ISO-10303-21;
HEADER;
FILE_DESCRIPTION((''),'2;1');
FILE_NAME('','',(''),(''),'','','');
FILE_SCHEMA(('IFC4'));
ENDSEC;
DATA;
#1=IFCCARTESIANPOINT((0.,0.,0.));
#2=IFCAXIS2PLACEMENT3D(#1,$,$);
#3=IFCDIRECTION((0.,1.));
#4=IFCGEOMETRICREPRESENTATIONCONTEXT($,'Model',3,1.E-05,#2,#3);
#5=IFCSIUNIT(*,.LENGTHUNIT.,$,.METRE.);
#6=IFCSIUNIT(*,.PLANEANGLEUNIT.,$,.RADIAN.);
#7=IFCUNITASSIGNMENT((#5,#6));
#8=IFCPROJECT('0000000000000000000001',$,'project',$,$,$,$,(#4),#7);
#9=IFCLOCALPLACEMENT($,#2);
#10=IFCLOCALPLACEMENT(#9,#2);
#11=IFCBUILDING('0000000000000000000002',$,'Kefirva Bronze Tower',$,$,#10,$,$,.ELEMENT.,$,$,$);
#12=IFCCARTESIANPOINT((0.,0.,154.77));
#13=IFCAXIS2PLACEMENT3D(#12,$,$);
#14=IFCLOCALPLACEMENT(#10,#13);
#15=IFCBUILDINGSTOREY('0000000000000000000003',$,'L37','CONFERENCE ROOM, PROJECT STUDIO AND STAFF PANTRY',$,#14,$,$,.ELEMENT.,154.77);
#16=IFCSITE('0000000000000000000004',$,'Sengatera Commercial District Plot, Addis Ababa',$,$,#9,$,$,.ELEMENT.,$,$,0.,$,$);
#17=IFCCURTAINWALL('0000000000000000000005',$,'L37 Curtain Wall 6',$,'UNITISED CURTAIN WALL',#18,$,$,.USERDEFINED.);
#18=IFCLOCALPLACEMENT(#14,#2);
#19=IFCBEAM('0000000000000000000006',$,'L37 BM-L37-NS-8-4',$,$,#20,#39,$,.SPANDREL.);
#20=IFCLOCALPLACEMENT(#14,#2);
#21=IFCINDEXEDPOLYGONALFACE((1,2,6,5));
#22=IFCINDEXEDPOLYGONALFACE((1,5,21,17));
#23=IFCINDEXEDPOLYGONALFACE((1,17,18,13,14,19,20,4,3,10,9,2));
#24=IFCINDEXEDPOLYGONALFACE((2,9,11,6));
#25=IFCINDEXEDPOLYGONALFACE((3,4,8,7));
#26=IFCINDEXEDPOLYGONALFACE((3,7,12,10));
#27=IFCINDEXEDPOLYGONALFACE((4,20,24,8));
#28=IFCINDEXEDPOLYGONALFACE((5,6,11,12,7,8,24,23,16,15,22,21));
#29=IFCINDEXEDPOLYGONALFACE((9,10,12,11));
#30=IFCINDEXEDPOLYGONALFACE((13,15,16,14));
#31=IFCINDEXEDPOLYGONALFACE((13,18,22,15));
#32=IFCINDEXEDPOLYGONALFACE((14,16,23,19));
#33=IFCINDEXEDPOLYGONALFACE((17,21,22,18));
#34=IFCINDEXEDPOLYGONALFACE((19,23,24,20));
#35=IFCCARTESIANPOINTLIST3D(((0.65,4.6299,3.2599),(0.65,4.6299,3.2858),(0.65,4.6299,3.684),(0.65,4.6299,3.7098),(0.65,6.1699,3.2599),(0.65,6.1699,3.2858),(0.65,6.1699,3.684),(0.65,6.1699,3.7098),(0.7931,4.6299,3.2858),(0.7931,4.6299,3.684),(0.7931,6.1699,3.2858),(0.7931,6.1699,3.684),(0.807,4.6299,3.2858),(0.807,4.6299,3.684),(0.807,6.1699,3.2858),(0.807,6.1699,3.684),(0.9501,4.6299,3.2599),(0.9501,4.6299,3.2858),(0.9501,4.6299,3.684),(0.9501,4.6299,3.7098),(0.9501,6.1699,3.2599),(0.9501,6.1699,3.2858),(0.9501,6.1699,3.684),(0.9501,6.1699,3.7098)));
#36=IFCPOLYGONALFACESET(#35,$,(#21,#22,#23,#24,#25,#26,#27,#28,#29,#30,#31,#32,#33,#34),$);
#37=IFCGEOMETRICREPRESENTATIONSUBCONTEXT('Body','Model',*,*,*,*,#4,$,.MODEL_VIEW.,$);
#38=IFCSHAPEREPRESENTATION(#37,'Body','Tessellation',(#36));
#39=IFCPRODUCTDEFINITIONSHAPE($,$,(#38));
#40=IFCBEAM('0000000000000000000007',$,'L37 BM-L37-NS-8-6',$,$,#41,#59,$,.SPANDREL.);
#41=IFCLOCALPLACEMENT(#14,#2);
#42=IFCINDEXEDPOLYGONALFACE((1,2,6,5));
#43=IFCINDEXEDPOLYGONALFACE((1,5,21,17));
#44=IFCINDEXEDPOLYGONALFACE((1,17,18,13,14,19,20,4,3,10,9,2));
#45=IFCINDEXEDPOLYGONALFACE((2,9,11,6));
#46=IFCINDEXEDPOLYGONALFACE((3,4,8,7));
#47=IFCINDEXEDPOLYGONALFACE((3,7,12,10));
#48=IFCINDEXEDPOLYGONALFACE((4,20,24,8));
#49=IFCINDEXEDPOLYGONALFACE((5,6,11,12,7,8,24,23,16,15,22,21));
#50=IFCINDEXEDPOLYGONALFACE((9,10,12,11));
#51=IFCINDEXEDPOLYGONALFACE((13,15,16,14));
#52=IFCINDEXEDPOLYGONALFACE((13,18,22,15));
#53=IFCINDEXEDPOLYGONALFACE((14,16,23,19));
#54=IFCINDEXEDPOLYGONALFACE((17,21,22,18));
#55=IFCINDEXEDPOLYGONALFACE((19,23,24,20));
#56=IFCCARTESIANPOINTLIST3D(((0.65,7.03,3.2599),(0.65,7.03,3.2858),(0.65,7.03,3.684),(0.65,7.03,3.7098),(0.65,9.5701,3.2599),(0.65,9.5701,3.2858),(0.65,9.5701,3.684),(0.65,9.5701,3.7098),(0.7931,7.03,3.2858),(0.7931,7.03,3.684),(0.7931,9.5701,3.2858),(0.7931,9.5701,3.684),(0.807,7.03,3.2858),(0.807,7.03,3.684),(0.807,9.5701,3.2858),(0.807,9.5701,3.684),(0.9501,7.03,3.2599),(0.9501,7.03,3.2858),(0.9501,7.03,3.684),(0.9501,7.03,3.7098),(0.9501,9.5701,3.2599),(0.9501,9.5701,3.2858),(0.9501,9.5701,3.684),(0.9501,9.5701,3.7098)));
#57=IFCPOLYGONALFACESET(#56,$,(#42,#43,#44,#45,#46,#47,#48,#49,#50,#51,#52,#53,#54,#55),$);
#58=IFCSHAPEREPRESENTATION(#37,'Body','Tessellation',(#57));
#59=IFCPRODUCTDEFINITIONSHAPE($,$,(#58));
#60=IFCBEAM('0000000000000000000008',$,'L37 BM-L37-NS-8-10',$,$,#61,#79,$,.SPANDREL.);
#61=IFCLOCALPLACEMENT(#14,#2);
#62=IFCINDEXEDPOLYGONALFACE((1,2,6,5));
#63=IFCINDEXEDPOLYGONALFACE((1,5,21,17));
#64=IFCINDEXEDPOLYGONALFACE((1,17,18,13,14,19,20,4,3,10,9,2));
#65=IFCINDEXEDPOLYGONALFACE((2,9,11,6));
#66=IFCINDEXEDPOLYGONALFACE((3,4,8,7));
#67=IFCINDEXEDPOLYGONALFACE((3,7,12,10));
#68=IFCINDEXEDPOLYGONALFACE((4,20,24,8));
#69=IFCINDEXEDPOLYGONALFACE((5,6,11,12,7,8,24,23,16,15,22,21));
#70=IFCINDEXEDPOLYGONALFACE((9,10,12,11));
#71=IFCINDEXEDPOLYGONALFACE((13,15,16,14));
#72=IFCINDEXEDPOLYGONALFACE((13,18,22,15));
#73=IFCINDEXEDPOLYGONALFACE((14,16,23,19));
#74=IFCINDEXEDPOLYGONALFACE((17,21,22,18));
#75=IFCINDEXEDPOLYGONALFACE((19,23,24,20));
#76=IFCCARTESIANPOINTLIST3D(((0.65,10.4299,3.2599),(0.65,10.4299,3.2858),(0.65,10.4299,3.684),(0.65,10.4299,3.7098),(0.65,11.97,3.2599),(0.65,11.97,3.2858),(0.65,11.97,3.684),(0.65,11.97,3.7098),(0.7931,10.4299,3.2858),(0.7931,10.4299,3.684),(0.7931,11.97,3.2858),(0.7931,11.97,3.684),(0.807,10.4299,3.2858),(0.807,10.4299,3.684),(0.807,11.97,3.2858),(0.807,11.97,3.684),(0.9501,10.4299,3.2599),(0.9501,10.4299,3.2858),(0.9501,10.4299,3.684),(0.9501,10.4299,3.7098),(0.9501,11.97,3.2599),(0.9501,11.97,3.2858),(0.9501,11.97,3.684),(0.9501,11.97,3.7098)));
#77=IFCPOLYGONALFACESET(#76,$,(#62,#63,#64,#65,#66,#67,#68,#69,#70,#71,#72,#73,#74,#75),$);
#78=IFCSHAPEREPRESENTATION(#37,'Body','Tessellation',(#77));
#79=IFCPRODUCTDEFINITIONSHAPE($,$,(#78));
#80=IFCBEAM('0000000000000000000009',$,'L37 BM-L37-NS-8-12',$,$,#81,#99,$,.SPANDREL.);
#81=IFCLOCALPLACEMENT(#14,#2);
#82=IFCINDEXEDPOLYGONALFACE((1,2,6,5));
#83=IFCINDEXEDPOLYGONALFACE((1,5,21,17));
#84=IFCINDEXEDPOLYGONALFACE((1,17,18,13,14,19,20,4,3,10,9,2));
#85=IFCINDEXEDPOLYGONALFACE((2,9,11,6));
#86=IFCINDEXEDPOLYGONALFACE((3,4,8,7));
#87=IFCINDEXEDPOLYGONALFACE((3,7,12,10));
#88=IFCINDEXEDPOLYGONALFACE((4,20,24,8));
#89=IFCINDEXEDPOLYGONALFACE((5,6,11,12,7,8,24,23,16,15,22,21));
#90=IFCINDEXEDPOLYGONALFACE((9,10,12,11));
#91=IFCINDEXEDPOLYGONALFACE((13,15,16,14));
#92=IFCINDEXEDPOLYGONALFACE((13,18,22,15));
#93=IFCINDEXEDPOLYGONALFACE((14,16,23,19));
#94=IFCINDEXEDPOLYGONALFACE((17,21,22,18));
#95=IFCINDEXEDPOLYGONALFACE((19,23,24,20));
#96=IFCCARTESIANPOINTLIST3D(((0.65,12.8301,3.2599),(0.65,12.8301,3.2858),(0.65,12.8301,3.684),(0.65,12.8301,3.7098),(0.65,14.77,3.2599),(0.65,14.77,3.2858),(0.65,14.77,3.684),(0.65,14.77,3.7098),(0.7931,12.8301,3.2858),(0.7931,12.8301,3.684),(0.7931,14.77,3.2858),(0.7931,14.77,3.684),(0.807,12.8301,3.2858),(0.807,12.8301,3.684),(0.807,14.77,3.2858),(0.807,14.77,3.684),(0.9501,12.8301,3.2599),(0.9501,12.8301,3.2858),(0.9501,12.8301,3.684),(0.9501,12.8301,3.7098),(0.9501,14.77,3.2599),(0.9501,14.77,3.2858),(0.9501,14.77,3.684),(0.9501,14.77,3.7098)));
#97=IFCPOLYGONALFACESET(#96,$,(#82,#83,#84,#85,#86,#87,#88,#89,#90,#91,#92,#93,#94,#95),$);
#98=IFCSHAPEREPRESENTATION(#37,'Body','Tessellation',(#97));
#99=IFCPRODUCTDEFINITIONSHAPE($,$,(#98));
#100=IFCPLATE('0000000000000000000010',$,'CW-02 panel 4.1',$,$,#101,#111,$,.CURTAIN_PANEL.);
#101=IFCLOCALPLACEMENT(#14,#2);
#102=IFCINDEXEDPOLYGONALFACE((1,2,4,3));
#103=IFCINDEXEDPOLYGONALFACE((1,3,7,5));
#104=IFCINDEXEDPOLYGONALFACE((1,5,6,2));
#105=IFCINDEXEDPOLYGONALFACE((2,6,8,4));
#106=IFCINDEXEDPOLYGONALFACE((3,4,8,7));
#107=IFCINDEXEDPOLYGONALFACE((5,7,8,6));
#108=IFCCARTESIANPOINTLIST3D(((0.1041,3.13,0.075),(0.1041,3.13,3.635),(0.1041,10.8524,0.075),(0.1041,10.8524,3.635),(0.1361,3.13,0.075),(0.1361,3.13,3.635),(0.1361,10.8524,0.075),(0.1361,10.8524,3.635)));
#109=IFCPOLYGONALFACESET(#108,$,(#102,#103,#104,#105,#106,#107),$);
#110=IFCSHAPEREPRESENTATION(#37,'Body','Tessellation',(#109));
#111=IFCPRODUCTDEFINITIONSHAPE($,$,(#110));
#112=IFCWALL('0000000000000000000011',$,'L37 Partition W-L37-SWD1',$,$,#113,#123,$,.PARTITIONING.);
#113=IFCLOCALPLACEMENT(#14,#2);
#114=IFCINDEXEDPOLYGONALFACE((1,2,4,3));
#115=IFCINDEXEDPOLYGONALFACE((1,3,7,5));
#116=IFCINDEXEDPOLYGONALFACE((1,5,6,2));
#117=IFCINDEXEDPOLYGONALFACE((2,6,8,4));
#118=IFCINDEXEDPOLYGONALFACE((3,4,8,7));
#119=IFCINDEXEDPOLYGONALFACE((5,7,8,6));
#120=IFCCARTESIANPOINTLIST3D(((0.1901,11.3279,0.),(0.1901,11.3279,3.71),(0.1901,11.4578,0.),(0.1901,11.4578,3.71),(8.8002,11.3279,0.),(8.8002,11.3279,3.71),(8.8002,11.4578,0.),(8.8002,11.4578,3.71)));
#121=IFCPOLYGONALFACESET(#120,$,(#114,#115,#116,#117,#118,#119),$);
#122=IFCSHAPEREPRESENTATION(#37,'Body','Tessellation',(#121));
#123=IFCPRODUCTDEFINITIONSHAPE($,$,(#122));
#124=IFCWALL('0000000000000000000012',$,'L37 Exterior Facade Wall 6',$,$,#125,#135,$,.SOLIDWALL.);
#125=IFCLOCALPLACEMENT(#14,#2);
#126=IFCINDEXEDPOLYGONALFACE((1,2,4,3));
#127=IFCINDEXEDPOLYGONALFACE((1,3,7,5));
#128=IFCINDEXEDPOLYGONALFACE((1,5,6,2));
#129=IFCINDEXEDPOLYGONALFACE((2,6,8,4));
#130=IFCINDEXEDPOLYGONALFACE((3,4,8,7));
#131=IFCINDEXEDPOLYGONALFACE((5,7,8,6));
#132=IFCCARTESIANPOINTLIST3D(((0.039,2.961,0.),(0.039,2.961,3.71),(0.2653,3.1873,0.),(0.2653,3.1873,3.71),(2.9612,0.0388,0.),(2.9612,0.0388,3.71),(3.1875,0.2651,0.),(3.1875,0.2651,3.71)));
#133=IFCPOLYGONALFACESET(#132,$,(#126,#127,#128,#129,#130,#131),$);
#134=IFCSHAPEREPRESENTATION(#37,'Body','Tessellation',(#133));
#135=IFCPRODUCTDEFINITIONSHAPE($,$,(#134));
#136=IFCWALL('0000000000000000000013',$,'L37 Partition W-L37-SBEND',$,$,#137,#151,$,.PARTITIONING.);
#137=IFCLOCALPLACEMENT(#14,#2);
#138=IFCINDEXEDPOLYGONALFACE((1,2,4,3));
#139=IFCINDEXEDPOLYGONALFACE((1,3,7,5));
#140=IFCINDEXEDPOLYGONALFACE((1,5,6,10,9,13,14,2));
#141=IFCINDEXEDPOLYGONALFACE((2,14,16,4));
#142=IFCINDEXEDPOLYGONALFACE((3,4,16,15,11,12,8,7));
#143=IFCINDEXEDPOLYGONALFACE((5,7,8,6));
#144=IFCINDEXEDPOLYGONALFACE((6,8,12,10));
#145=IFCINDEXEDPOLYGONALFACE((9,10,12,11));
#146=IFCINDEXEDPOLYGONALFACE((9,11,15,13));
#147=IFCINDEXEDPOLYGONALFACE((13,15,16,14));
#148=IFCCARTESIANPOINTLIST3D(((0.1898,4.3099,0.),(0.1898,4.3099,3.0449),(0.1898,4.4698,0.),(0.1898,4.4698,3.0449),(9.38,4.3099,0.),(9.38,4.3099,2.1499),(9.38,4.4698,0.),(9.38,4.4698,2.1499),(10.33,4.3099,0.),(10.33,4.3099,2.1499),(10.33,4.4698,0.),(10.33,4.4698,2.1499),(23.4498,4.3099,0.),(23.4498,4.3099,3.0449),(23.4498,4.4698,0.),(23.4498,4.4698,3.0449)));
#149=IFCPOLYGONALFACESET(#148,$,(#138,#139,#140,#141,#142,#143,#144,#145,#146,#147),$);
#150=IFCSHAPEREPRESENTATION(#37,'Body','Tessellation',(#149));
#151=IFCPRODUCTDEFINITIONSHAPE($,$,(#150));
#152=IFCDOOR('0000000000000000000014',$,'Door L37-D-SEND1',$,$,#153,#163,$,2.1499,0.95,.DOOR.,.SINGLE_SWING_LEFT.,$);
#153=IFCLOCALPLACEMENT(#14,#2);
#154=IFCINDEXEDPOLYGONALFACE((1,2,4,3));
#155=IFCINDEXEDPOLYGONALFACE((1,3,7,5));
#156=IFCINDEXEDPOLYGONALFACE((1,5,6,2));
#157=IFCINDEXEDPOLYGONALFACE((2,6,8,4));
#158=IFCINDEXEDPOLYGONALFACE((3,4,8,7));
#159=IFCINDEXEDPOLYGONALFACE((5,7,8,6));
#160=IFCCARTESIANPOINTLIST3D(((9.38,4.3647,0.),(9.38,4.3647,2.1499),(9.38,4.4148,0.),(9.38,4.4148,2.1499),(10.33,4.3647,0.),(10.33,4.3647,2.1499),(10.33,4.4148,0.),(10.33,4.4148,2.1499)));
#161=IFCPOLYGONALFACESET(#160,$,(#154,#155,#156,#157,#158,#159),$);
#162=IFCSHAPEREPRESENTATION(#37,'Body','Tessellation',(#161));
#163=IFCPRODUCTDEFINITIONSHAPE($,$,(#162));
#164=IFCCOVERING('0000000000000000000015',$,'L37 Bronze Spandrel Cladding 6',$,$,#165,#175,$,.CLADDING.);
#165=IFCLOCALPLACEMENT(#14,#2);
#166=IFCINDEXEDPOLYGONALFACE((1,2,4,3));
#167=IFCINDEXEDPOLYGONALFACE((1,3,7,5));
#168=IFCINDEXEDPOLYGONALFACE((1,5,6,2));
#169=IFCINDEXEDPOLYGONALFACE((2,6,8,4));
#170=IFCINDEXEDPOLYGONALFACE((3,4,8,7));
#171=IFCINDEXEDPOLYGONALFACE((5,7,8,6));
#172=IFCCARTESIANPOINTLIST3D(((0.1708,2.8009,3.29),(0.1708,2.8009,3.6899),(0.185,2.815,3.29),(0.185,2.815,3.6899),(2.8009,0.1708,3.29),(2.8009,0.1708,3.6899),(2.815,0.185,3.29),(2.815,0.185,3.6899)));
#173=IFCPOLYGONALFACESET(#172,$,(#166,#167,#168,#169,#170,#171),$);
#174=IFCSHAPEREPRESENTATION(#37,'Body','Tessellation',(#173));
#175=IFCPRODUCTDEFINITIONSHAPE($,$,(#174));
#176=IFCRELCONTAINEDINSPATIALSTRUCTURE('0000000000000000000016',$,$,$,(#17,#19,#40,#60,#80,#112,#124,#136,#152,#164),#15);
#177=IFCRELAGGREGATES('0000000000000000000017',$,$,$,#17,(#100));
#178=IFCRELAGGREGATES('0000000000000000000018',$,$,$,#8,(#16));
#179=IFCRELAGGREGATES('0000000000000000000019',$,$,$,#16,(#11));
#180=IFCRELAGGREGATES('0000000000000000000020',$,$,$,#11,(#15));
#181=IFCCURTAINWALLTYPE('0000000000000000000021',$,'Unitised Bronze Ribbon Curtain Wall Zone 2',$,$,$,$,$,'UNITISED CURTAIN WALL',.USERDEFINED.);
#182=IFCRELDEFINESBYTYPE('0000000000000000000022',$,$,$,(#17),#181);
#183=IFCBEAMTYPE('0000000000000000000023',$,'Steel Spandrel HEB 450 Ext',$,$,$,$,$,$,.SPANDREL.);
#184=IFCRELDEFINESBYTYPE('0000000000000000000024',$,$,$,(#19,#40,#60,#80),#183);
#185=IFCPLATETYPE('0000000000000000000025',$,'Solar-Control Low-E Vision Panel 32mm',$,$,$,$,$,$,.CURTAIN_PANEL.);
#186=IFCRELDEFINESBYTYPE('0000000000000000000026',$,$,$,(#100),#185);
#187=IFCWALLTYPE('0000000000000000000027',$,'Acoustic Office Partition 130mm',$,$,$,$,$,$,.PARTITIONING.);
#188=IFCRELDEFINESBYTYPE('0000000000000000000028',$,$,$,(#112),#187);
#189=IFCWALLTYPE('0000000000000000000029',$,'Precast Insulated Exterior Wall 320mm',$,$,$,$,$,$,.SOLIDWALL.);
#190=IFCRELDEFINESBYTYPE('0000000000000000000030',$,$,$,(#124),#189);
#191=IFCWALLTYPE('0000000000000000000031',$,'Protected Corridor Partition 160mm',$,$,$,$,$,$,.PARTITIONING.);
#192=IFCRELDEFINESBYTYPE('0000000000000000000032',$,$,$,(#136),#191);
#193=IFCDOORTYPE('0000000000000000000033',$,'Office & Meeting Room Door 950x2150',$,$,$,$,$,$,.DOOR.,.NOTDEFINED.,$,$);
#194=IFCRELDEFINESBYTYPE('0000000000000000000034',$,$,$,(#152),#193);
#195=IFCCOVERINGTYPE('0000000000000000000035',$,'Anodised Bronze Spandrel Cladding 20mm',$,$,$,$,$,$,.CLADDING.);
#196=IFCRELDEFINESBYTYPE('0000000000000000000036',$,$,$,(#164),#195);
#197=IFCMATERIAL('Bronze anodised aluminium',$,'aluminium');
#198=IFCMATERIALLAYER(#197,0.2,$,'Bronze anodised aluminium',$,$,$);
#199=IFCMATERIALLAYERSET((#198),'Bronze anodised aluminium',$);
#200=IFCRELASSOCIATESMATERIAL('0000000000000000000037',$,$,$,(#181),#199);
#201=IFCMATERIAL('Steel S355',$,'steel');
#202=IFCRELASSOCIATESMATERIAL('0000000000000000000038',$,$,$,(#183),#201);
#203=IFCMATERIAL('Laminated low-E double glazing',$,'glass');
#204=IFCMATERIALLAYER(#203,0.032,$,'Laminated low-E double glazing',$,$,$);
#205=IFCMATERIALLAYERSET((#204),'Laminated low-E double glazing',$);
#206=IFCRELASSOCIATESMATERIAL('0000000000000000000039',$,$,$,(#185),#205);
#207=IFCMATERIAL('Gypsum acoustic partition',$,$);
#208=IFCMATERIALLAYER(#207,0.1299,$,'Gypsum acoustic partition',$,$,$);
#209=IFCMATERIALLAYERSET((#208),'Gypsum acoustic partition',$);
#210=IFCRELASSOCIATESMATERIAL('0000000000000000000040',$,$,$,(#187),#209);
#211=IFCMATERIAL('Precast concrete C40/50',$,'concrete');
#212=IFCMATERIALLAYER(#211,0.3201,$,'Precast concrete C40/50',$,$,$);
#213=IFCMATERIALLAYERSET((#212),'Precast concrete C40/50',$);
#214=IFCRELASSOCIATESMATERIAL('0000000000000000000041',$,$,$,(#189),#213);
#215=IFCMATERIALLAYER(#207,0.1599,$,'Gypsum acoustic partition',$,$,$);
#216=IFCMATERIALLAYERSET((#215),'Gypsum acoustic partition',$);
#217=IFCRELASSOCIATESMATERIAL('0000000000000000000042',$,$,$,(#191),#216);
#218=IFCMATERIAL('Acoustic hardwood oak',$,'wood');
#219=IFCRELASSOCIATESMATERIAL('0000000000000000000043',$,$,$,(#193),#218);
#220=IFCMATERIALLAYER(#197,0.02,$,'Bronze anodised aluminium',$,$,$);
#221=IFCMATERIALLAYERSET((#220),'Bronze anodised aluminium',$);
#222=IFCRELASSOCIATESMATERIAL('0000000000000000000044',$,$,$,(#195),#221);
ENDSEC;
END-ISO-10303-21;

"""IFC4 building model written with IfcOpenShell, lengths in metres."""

from ifc_helpers import new_model, si_unit, direction, frame, frame_2d, origin, origin_2d, place, context, subcontext, project, spatial, rectangle, i_section, extrude, material, layer, layer_set, material_profile, profile_set, type_object, element, fill, aggregate, save


model = new_model("IFC4")

# Units and contexts
model_context = context("Model", 3, precision=1e-05, world=origin(), true_north=direction((0.0, 1.0)))
body_context = subcontext(model_context, "Body", "Model", "MODEL_VIEW")
ifc_project = project(units=[si_unit("LENGTHUNIT", "METRE"), si_unit("PLANEANGLEUNIT", "RADIAN")], contexts=[model_context])

# Site, building, storey
site_placement = place(None, origin())
site = spatial("IfcSite", under=ifc_project, at=site_placement, Name="Sengatera Commercial District Plot, Addis Ababa", CompositionType="ELEMENT", RefElevation=0.0)
building_placement = place(site_placement, origin())
building = spatial("IfcBuilding", under=site, at=building_placement, Name="Kefirva Bronze Tower", CompositionType="ELEMENT")
storey_placement = place(building_placement, frame((0.0, 0.0, 154.77)))
storey = spatial("IfcBuildingStorey", under=building, at=storey_placement, Name="L37", Description="CONFERENCE ROOM, PROJECT STUDIO AND STAFF PANTRY", CompositionType="ELEMENT", Elevation=154.77)

# Curtain wall
ifc_material_1 = material(Name="Bronze anodised aluminium", Category="aluminium")
ifc_layer_1 = layer(ifc_material_1, 0.2, Name="Bronze anodised aluminium")
ifc_layer_set_1 = layer_set([ifc_layer_1], Name="Bronze anodised aluminium")
curtain_wall_type = type_object("IfcCurtainWallType", Name="Unitised Bronze Ribbon Curtain Wall Zone 2", ElementType="UNITISED CURTAIN WALL", PredefinedType="USERDEFINED", material=ifc_layer_set_1)
curtain_wall_placement = place(storey_placement, origin())
curtain_wall = element("IfcCurtainWall", 1, at=curtain_wall_placement, inside=storey, type_object=curtain_wall_type, Name="L37 Curtain Wall 6", ObjectType="UNITISED CURTAIN WALL", PredefinedType="USERDEFINED")

# Beams
ifc_material_2 = material(Name="Steel S355", Category="steel")
ifc_material_profile_1 = material_profile(ifc_material_2, i_section(OverallWidth=0.3, OverallDepth=0.45, WebThickness=0.0139, FlangeThickness=0.0259, at=origin_2d()), Name="HEB 450")
ifc_profile_set_1 = profile_set([ifc_material_profile_1], Name="Steel S355")
beam_type_1 = type_object("IfcBeamType", Name="Steel Spandrel HEB 450 Ext", PredefinedType="SPANDREL", material=ifc_profile_set_1)
beam_1_placement = place(storey_placement, frame((0.8, 4.6299, 3.4849), z_axis=(0.0, 1.0, 0.0), x_axis=(-1.0, 0.0, 0.0)))
element("IfcBeam", 2, at=beam_1_placement, inside=storey, type_object=beam_type_1, Name="L37 BM-L37-NS-8-4", PredefinedType="SPANDREL", context=body_context, shape_type="SweptSolid", body=[
    extrude(i_section(OverallWidth=0.3, OverallDepth=0.45, WebThickness=0.0139, FlangeThickness=0.0259, at=origin_2d()), origin(), (0.0, 0.0, 1.0), 1.54),
])
beam_2_placement = place(storey_placement, frame((0.8, 7.03, 3.4849), z_axis=(0.0, 1.0, 0.0), x_axis=(-1.0, 0.0, 0.0)))
element("IfcBeam", 3, at=beam_2_placement, inside=storey, type_object=beam_type_1, Name="L37 BM-L37-NS-8-6", PredefinedType="SPANDREL", context=body_context, shape_type="SweptSolid", body=[
    extrude(i_section(OverallWidth=0.3, OverallDepth=0.45, WebThickness=0.0139, FlangeThickness=0.0259, at=origin_2d()), origin(), (0.0, 0.0, 1.0), 2.54),
])
beam_3_placement = place(storey_placement, frame((0.8, 10.4299, 3.4849), z_axis=(0.0, 1.0, 0.0), x_axis=(-1.0, 0.0, 0.0)))
element("IfcBeam", 4, at=beam_3_placement, inside=storey, type_object=beam_type_1, Name="L37 BM-L37-NS-8-10", PredefinedType="SPANDREL", context=body_context, shape_type="SweptSolid", body=[
    extrude(i_section(OverallWidth=0.3, OverallDepth=0.45, WebThickness=0.0139, FlangeThickness=0.0259, at=origin_2d()), origin(), (0.0, 0.0, 1.0), 1.54),
])
beam_4_placement = place(storey_placement, frame((0.8, 12.8301, 3.4849), z_axis=(0.0, 1.0, 0.0), x_axis=(-1.0, 0.0, 0.0)))
element("IfcBeam", 5, at=beam_4_placement, inside=storey, type_object=beam_type_1, Name="L37 BM-L37-NS-8-12", PredefinedType="SPANDREL", context=body_context, shape_type="SweptSolid", body=[
    extrude(i_section(OverallWidth=0.3, OverallDepth=0.45, WebThickness=0.0139, FlangeThickness=0.0259, at=origin_2d()), origin(), (0.0, 0.0, 1.0), 1.9399),
])

# Plate
ifc_material_3 = material(Name="Laminated low-E double glazing", Category="glass")
ifc_layer_2 = layer(ifc_material_3, 0.032, Name="Laminated low-E double glazing")
ifc_layer_set_2 = layer_set([ifc_layer_2], Name="Laminated low-E double glazing")
plate_type = type_object("IfcPlateType", Name="Solar-Control Low-E Vision Panel 32mm", PredefinedType="CURTAIN_PANEL", material=ifc_layer_set_2)
plate_placement = place(storey_placement, frame((0.1201, 6.9912, 0.075), z_axis=(0.0, 0.0, 1.0), x_axis=(0.0, -1.0, 0.0)))
plate = element("IfcPlate", 6, at=plate_placement, type_object=plate_type, Name="CW-02 panel 4.1", PredefinedType="CURTAIN_PANEL", context=body_context, shape_type="SweptSolid", body=[
    extrude(rectangle(XDim=7.7224, YDim=0.032, at=origin_2d()), origin(), (0.0, 0.0, 1.0), 3.5601),
])
aggregate(curtain_wall, [plate])

# Walls
ifc_material_4 = material(Name="Gypsum acoustic partition")
ifc_layer_3 = layer(ifc_material_4, 0.1299, Name="Gypsum acoustic partition")
ifc_layer_set_3 = layer_set([ifc_layer_3], Name="Gypsum acoustic partition")
wall_type_1 = type_object("IfcWallType", Name="Acoustic Office Partition 130mm", PredefinedType="PARTITIONING", material=ifc_layer_set_3)
wall_1_placement = place(storey_placement, frame((0.1899, 11.3928, 0.0), z_axis=(0.0, 0.0, 1.0), x_axis=(1.0, 0.0, 0.0)))
element("IfcWall", 7, at=wall_1_placement, inside=storey, type_object=wall_type_1, Name="L37 Partition W-L37-SWD1", PredefinedType="PARTITIONING", context=body_context, shape_type="SweptSolid", body=[
    extrude(rectangle(XDim=8.6101, YDim=0.1299, at=frame_2d((4.3052, 0.0))), origin(), (0.0, 0.0, 1.0), 3.71),
])
ifc_material_5 = material(Name="Precast concrete C40/50", Category="concrete")
ifc_layer_4 = layer(ifc_material_5, 0.3201, Name="Precast concrete C40/50")
ifc_layer_set_4 = layer_set([ifc_layer_4], Name="Precast concrete C40/50")
wall_type_2 = type_object("IfcWallType", Name="Precast Insulated Exterior Wall 320mm", PredefinedType="SOLIDWALL", material=ifc_layer_set_4)
wall_2_placement = place(storey_placement, frame((0.1521, 3.0742, 0.0), z_axis=(0.0, 0.0, 1.0), x_axis=(0.707107, -0.707107, 0.0)))
element("IfcWall", 8, at=wall_2_placement, inside=storey, type_object=wall_type_2, Name="L37 Exterior Facade Wall 6", PredefinedType="SOLIDWALL", context=body_context, shape_type="SweptSolid", body=[
    extrude(rectangle(XDim=4.1326, YDim=0.3201, at=frame_2d((2.0664, 0.0))), origin(), (0.0, 0.0, 1.0), 3.71),
])

# Wall, opening, door
ifc_layer_5 = layer(ifc_material_4, 0.1599, Name="Gypsum acoustic partition")
ifc_layer_set_5 = layer_set([ifc_layer_5], Name="Gypsum acoustic partition")
wall_type_3 = type_object("IfcWallType", Name="Protected Corridor Partition 160mm", PredefinedType="PARTITIONING", material=ifc_layer_set_5)
wall_3_placement = place(storey_placement, frame((0.1899, 4.3899, 0.0), z_axis=(0.0, 0.0, 1.0), x_axis=(1.0, 0.0, 0.0)))
wall_3 = element("IfcWall", 9, at=wall_3_placement, inside=storey, type_object=wall_type_3, Name="L37 Partition W-L37-SBEND", PredefinedType="PARTITIONING", context=body_context, shape_type="SweptSolid", body=[
    extrude(rectangle(XDim=23.26, YDim=0.1599, at=frame_2d((11.6299, 0.0))), origin(), (0.0, 0.0, 1.0), 3.0449),
])
opening_placement = place(wall_3_placement, frame((9.1899, 0.0, 0.0)))
opening = element("IfcOpeningElement", 10, at=opening_placement, cuts=wall_3, PredefinedType="OPENING", context=body_context, shape_type="SweptSolid", body=[
    extrude(rectangle(XDim=0.95, YDim=2.1499, at=frame_2d((0.4751, 1.075))), frame((0.0, 0.0898, 0.0), z_axis=(0.0, -1.0, 0.0), x_axis=(1.0, 0.0, 0.0)), (0.0, 0.0, 1.0), 0.1799),
])
ifc_material_6 = material(Name="Acoustic hardwood oak", Category="wood")
door_type = type_object("IfcDoorType", Name="Office & Meeting Room Door 950x2150", OperationType="NOTDEFINED", PredefinedType="DOOR", material=ifc_material_6)
door_placement = place(opening_placement, origin())
door = element("IfcDoor", 11, at=door_placement, inside=storey, type_object=door_type, Name="Door L37-D-SEND1", OperationType="SINGLE_SWING_LEFT", OverallHeight=2.1499, OverallWidth=0.95, PredefinedType="DOOR", context=body_context, shape_type="SweptSolid", body=[
    extrude(rectangle(XDim=0.95, YDim=2.1499, at=frame_2d((0.4751, 1.075))), frame((0.0, 0.0249, 0.0), z_axis=(0.0, -1.0, 0.0), x_axis=(1.0, 0.0, 0.0)), (0.0, 0.0, 1.0), 0.05),
])
fill(opening, door)

# Covering
ifc_layer_6 = layer(ifc_material_1, 0.02, Name="Bronze anodised aluminium")
ifc_layer_set_6 = layer_set([ifc_layer_6], Name="Bronze anodised aluminium")
covering_type_1 = type_object("IfcCoveringType", Name="Anodised Bronze Spandrel Cladding 20mm", PredefinedType="CLADDING", material=ifc_layer_set_6)
covering_1_placement = place(storey_placement, frame((1.4929, 1.4929, 3.29), z_axis=(0.0, 0.0, 1.0), x_axis=(0.707107, -0.707107, 0.0)))
element("IfcCovering", 12, at=covering_1_placement, inside=storey, type_object=covering_type_1, Name="L37 Bronze Spandrel Cladding 6", PredefinedType="CLADDING", context=body_context, shape_type="SweptSolid", body=[
    extrude(rectangle(XDim=3.7195, YDim=0.02, at=origin_2d()), origin(), (0.0, 0.0, 1.0), 0.3999),
])

save(model, "model.ifc")
